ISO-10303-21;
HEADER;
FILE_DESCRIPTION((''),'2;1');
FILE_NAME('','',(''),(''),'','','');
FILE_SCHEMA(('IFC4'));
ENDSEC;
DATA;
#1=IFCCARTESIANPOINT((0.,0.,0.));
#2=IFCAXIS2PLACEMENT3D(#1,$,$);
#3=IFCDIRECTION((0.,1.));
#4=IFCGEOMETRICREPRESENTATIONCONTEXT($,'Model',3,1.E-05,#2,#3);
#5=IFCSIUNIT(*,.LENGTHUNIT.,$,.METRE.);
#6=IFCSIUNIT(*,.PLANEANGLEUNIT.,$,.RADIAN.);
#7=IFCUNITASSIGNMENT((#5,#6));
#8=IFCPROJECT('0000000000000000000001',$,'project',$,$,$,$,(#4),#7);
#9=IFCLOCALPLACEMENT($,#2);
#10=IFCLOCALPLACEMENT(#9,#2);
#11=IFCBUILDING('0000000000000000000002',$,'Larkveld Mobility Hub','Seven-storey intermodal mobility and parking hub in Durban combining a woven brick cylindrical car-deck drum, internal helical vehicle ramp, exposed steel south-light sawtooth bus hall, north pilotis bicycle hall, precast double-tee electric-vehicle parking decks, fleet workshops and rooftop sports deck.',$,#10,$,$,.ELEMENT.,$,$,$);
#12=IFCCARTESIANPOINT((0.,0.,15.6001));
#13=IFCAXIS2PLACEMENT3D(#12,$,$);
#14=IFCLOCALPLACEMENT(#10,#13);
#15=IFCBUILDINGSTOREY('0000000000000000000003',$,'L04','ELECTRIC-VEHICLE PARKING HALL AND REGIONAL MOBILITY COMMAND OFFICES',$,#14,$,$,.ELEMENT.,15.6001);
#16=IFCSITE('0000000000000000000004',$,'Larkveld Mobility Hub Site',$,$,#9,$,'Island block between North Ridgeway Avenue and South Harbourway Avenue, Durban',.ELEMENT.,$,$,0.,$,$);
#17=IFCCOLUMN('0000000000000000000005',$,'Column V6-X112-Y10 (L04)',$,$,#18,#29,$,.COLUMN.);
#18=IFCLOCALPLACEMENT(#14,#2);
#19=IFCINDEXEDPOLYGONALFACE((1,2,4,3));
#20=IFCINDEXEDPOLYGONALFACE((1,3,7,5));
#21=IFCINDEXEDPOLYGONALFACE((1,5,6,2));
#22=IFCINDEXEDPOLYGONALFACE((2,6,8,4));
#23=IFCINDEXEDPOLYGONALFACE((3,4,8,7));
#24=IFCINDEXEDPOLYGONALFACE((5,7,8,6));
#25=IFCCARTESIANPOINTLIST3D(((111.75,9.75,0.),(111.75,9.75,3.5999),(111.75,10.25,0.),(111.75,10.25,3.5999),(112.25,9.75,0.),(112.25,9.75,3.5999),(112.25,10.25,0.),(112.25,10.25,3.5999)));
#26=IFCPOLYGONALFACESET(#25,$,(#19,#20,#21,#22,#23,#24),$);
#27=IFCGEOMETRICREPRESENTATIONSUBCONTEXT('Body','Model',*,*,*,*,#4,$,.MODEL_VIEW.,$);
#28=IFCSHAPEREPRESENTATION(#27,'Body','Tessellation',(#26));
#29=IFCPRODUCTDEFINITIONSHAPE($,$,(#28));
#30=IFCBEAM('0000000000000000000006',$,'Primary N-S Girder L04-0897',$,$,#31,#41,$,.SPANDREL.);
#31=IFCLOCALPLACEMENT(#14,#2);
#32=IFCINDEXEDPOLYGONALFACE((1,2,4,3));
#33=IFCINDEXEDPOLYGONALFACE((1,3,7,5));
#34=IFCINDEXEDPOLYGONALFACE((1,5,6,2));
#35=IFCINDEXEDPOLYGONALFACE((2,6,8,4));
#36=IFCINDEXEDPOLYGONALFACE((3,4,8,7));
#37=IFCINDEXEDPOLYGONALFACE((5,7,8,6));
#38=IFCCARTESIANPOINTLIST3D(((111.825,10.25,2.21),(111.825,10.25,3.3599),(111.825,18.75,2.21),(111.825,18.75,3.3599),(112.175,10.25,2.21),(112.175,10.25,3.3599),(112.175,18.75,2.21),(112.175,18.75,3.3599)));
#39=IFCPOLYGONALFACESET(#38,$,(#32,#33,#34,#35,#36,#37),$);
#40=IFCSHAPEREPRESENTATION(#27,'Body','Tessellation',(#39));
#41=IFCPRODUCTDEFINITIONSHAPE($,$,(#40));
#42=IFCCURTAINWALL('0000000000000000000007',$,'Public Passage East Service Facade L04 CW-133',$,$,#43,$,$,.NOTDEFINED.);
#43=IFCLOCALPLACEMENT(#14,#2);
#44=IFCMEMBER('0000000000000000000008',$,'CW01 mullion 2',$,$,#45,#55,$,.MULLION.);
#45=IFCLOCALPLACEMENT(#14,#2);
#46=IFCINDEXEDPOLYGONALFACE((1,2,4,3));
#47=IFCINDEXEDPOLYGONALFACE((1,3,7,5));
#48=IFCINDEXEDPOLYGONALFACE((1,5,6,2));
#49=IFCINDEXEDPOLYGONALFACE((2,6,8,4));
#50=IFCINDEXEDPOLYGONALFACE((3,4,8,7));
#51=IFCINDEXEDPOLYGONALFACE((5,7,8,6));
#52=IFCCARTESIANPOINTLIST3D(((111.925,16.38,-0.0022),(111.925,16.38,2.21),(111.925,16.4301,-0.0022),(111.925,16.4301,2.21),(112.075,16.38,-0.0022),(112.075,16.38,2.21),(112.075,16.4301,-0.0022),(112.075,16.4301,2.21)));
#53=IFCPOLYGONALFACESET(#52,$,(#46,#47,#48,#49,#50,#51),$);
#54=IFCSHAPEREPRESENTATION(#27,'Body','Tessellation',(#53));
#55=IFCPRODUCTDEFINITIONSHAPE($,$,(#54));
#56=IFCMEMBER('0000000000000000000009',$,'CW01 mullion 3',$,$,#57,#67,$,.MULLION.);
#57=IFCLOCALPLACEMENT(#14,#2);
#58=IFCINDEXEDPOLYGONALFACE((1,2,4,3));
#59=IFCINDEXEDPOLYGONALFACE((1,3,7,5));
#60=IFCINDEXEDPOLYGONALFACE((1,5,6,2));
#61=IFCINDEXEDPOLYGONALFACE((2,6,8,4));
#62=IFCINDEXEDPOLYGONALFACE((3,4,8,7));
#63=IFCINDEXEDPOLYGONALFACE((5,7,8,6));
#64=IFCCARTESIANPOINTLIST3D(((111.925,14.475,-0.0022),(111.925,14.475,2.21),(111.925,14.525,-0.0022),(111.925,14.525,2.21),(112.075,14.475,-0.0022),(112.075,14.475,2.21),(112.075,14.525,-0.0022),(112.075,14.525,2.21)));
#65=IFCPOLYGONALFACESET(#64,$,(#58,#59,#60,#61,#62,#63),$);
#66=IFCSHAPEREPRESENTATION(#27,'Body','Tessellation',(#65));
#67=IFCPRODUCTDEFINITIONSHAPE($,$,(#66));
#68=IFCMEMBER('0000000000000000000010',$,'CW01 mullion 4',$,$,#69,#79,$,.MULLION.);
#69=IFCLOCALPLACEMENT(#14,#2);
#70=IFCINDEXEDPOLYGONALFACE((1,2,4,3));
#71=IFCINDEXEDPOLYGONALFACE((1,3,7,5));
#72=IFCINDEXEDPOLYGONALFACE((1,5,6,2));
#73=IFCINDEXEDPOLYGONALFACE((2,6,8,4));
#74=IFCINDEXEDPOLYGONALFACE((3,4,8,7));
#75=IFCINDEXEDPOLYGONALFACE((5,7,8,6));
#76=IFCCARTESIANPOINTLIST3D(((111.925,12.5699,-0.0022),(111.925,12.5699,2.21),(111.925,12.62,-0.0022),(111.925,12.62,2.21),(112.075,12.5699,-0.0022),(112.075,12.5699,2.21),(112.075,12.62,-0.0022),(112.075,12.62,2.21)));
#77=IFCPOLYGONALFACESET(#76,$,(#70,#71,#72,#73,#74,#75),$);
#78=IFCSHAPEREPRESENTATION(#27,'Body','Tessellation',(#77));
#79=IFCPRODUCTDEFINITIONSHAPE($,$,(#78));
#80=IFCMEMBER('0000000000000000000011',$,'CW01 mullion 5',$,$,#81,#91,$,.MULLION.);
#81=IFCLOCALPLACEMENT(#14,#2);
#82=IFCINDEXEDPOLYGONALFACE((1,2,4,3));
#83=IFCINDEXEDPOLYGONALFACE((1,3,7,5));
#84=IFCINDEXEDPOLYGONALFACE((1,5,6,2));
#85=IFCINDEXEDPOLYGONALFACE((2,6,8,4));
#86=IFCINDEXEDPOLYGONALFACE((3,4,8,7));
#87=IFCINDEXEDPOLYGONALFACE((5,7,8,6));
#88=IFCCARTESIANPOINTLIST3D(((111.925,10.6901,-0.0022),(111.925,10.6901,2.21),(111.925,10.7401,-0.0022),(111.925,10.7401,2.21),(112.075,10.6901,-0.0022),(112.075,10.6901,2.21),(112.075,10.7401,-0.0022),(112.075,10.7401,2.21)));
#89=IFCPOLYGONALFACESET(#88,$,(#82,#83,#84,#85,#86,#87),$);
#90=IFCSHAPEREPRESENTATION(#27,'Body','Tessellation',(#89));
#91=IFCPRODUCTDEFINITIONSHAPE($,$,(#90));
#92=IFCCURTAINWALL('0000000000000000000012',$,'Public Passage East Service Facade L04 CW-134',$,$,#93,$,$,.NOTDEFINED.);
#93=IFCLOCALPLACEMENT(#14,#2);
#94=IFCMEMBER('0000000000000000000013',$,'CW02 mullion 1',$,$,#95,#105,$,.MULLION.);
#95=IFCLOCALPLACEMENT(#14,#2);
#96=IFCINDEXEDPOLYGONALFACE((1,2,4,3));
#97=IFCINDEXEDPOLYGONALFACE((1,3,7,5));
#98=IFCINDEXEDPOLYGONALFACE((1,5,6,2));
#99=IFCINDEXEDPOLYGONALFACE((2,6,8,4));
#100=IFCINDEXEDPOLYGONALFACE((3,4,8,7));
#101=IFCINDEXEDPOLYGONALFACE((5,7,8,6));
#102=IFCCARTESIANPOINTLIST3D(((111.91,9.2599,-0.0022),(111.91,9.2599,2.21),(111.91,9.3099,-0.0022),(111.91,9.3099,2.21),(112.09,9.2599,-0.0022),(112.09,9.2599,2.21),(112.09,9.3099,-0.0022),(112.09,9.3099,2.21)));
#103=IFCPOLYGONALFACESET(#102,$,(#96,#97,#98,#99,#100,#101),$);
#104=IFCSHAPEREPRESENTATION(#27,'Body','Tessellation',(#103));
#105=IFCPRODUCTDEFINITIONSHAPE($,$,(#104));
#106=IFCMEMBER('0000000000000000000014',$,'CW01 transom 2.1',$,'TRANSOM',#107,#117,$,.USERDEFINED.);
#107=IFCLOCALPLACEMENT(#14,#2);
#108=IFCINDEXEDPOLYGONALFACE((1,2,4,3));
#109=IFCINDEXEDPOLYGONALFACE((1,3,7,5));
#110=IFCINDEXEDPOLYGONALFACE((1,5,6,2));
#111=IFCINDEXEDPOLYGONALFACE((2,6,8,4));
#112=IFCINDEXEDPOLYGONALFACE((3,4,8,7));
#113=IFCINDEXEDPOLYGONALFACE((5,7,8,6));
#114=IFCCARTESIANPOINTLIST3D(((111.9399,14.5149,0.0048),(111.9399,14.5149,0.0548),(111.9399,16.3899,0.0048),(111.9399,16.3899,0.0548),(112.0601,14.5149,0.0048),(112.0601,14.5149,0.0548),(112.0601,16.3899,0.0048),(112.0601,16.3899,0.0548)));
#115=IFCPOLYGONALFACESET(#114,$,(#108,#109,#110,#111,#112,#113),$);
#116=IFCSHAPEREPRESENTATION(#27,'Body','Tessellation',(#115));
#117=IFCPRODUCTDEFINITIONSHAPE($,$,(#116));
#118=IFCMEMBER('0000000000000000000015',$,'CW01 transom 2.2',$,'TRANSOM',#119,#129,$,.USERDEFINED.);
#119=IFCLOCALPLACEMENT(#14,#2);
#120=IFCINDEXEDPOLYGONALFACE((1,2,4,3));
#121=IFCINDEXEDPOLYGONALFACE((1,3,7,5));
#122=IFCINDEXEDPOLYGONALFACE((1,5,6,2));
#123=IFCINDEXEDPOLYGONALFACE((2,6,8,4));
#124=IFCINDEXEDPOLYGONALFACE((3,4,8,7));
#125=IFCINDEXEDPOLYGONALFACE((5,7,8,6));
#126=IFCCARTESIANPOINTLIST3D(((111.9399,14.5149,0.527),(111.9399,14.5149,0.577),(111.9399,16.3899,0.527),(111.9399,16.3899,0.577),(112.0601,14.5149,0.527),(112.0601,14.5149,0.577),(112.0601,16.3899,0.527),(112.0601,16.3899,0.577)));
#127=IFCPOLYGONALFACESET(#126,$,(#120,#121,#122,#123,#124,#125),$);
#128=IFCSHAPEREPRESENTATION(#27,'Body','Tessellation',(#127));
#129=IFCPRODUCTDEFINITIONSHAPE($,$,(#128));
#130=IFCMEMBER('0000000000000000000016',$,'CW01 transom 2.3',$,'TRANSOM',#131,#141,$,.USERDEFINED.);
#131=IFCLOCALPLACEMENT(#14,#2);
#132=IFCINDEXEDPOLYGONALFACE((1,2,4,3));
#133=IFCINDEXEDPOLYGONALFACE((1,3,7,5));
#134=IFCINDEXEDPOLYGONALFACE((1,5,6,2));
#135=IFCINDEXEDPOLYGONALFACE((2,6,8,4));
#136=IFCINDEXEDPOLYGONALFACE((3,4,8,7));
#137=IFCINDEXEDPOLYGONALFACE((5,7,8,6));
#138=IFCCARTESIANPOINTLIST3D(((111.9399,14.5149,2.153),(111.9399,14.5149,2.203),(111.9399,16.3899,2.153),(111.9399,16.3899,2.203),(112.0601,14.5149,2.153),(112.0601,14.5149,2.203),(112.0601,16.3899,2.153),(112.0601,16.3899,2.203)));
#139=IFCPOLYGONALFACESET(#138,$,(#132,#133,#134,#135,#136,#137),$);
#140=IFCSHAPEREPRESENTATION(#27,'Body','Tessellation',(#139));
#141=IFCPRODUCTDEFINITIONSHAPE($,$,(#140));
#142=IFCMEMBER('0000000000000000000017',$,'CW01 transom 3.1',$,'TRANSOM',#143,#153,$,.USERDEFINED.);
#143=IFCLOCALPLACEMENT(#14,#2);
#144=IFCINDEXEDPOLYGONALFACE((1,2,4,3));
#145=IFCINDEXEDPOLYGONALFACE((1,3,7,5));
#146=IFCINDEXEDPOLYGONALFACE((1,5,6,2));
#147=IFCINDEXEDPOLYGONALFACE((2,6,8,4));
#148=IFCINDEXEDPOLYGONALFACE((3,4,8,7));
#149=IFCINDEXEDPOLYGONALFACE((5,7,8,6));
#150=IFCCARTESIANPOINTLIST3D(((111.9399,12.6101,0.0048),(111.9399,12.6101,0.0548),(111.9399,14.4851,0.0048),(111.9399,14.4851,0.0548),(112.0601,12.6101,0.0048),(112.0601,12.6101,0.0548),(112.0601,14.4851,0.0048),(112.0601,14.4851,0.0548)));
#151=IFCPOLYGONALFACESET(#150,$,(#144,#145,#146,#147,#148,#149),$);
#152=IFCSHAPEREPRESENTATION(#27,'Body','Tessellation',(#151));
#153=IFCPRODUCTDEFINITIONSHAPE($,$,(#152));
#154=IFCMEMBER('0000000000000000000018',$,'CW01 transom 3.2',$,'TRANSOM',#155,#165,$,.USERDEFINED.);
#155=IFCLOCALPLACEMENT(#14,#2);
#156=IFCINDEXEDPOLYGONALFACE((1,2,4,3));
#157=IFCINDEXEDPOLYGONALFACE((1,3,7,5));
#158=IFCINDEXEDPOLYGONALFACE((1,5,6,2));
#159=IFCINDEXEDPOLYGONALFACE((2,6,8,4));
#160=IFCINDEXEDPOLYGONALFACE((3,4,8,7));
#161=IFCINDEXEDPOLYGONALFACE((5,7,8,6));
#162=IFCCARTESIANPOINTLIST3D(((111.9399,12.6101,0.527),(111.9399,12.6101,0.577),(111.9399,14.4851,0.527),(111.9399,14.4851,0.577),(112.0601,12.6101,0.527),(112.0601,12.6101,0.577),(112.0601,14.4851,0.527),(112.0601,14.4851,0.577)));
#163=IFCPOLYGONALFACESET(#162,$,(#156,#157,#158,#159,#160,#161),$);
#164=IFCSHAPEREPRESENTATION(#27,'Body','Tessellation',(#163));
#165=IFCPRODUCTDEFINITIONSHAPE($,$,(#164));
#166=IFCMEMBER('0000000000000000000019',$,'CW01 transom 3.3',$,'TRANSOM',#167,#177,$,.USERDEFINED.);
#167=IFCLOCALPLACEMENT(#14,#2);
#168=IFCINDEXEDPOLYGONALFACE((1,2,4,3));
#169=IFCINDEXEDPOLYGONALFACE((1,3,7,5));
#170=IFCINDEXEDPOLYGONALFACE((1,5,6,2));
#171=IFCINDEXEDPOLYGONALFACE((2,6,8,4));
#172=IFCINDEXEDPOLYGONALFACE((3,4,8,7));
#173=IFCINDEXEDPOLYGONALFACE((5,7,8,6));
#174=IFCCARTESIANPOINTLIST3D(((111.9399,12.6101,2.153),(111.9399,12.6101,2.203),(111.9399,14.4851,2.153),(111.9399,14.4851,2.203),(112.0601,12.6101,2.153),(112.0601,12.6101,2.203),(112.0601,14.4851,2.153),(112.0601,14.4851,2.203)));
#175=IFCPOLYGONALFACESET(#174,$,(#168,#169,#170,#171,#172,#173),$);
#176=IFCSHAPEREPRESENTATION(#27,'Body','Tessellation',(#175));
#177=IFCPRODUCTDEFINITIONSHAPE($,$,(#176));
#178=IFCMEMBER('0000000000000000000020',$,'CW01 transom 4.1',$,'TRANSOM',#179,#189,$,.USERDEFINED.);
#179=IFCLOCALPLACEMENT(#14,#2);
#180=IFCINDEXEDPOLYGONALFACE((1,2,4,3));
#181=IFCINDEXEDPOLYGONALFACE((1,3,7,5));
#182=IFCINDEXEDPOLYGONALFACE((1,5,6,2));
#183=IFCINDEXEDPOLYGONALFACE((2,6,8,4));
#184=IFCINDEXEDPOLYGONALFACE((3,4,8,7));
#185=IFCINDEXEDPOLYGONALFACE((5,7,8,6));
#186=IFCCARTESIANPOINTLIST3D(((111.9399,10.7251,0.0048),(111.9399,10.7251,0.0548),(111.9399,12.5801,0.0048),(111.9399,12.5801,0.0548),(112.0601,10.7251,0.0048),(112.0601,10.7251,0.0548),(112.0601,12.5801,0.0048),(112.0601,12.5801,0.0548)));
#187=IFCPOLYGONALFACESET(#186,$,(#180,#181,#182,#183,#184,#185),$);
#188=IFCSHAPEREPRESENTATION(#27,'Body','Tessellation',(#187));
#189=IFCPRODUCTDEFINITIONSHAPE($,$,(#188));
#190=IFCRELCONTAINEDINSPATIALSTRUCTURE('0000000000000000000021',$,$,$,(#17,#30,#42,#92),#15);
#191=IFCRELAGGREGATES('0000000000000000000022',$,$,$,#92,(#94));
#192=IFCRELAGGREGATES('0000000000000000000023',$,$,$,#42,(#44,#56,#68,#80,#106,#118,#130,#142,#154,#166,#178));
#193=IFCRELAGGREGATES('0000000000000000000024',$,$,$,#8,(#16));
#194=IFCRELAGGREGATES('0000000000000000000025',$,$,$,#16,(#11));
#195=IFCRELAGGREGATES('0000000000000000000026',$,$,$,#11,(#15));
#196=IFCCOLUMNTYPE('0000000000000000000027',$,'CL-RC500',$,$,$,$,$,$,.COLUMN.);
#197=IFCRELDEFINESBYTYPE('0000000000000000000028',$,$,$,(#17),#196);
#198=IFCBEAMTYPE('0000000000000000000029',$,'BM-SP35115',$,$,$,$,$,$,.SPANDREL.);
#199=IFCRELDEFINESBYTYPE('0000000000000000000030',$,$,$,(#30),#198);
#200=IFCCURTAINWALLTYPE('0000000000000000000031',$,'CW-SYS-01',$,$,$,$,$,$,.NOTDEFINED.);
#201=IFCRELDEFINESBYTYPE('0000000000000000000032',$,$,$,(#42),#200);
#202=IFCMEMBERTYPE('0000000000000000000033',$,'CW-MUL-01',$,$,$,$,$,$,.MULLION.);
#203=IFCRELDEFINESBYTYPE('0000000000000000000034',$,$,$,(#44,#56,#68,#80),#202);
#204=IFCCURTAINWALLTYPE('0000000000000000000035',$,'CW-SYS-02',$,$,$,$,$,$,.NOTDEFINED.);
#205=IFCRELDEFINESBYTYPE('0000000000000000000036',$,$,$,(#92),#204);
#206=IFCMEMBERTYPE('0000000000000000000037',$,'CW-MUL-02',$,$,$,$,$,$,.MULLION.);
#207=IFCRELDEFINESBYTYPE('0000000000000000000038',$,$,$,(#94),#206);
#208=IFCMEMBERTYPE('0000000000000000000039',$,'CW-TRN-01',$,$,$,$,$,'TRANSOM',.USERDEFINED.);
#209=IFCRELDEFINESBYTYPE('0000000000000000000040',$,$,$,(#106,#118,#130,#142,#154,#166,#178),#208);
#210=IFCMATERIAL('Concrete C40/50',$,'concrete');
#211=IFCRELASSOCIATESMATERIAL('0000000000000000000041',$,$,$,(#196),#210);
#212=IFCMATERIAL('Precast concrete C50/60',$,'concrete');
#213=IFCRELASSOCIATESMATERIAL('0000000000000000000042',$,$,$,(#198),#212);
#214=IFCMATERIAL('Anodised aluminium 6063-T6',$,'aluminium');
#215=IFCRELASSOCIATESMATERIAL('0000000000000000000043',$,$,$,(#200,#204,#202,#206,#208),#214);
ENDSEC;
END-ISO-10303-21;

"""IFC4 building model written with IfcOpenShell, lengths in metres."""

from ifc_helpers import new_model, si_unit, direction, frame, origin, origin_2d, place, context, subcontext, project, spatial, rectangle, extrude, material, material_profile, profile_set, type_object, element, aggregate, save


model = new_model("IFC4")

# Units and contexts
model_context = context("Model", 3, precision=1e-05, world=origin(), true_north=direction((0.0, 1.0)))
body_context = subcontext(model_context, "Body", "Model", "MODEL_VIEW")
ifc_project = project(units=[si_unit("LENGTHUNIT", "METRE"), si_unit("PLANEANGLEUNIT", "RADIAN")], contexts=[model_context])

# Site, building, storey
site_placement = place(None, origin())
site = spatial("IfcSite", under=ifc_project, at=site_placement, Name="Larkveld Mobility Hub Site", LongName="Island block between North Ridgeway Avenue and South Harbourway Avenue, Durban", CompositionType="ELEMENT", RefElevation=0.0)
building_placement = place(site_placement, origin())
building = spatial("IfcBuilding", under=site, at=building_placement, Name="Larkveld Mobility Hub", Description="Seven-storey intermodal mobility and parking hub in Durban combining a woven brick cylindrical car-deck drum, internal helical vehicle ramp, exposed steel south-light sawtooth bus hall, north pilotis bicycle hall, precast double-tee electric-vehicle parking decks, fleet workshops and rooftop sports deck.", CompositionType="ELEMENT")
storey_placement = place(building_placement, frame((0.0, 0.0, 15.6001)))
storey = spatial("IfcBuildingStorey", under=building, at=storey_placement, Name="L04", Description="ELECTRIC-VEHICLE PARKING HALL AND REGIONAL MOBILITY COMMAND OFFICES", CompositionType="ELEMENT", Elevation=15.6001)

# Column
ifc_material_1 = material(Name="Concrete C40/50", Category="concrete")
ifc_material_profile_1 = material_profile(ifc_material_1, rectangle(XDim=0.5, YDim=0.5, at=origin_2d()), Name="RC COL 500x500")
ifc_profile_set_1 = profile_set([ifc_material_profile_1], Name="Concrete C40/50")
column_type = type_object("IfcColumnType", Name="CL-RC500", PredefinedType="COLUMN", material=ifc_profile_set_1)
column_placement = place(storey_placement, frame((112.0, 10.0, 0.0), z_axis=(0.0, 0.0, 1.0), x_axis=(1.0, 0.0, 0.0)))
element("IfcColumn", 1, at=column_placement, inside=storey, type_object=column_type, Name="Column V6-X112-Y10 (L04)", PredefinedType="COLUMN", context=body_context, shape_type="SweptSolid", body=[
    extrude(rectangle(XDim=0.5, YDim=0.5, at=origin_2d()), origin(), (0.0, 0.0, 1.0), 3.5999),
])

# Beam
ifc_material_2 = material(Name="Precast concrete C50/60", Category="concrete")
ifc_material_profile_2 = material_profile(ifc_material_2, rectangle(XDim=0.3501, YDim=1.1499, at=origin_2d()), Name="PC SP 350x1150")
ifc_profile_set_2 = profile_set([ifc_material_profile_2], Name="Precast concrete C50/60")
beam_type = type_object("IfcBeamType", Name="BM-SP35115", PredefinedType="SPANDREL", material=ifc_profile_set_2)
beam_placement = place(storey_placement, frame((112.0, 10.25, 2.7849), z_axis=(0.0, 1.0, 0.0), x_axis=(-1.0, 0.0, 0.0)))
element("IfcBeam", 2, at=beam_placement, inside=storey, type_object=beam_type, Name="Primary N-S Girder L04-0897", PredefinedType="SPANDREL", context=body_context, shape_type="SweptSolid", body=[
    extrude(rectangle(XDim=0.3501, YDim=1.1499, at=origin_2d()), origin(), (0.0, 0.0, 1.0), 8.5),
])

# Curtain wall, members
ifc_material_3 = material(Name="Anodised aluminium 6063-T6", Category="aluminium")
curtain_wall_type_1 = type_object("IfcCurtainWallType", Name="CW-SYS-01", PredefinedType="NOTDEFINED", material=ifc_material_3)
curtain_wall_1_placement = place(storey_placement, origin())
curtain_wall_1 = element("IfcCurtainWall", 3, at=curtain_wall_1_placement, inside=storey, type_object=curtain_wall_type_1, Name="Public Passage East Service Facade L04 CW-133", PredefinedType="NOTDEFINED")
ifc_material_profile_3 = material_profile(ifc_material_3, rectangle(XDim=0.05, YDim=0.1499, at=origin_2d()), Name="ALU MULL 50x150")
ifc_profile_set_3 = profile_set([ifc_material_profile_3], Name="Anodised aluminium 6063-T6")
member_type_1 = type_object("IfcMemberType", Name="CW-MUL-01", PredefinedType="MULLION", material=ifc_profile_set_3)
member_1_placement = place(storey_placement, frame((112.0, 16.405, -0.0022), z_axis=(0.0, 0.0, 1.0), x_axis=(0.0, -1.0, 0.0)))
member_1 = element("IfcMember", 4, at=member_1_placement, type_object=member_type_1, Name="CW01 mullion 2", PredefinedType="MULLION", context=body_context, shape_type="SweptSolid", body=[
    extrude(rectangle(XDim=0.05, YDim=0.1499, at=origin_2d()), origin(), (0.0, 0.0, 1.0), 2.2122),
])
member_2_placement = place(storey_placement, frame((112.0, 14.5, -0.0022), z_axis=(0.0, 0.0, 1.0), x_axis=(0.0, -1.0, 0.0)))
member_2 = element("IfcMember", 5, at=member_2_placement, type_object=member_type_1, Name="CW01 mullion 3", PredefinedType="MULLION", context=body_context, shape_type="SweptSolid", body=[
    extrude(rectangle(XDim=0.05, YDim=0.1499, at=origin_2d()), origin(), (0.0, 0.0, 1.0), 2.2122),
])
member_3_placement = place(storey_placement, frame((112.0, 12.595, -0.0022), z_axis=(0.0, 0.0, 1.0), x_axis=(0.0, -1.0, 0.0)))
member_3 = element("IfcMember", 6, at=member_3_placement, type_object=member_type_1, Name="CW01 mullion 4", PredefinedType="MULLION", context=body_context, shape_type="SweptSolid", body=[
    extrude(rectangle(XDim=0.05, YDim=0.1499, at=origin_2d()), origin(), (0.0, 0.0, 1.0), 2.2122),
])
member_4_placement = place(storey_placement, frame((112.0, 10.7151, -0.0022), z_axis=(0.0, 0.0, 1.0), x_axis=(0.0, -1.0, 0.0)))
member_4 = element("IfcMember", 7, at=member_4_placement, type_object=member_type_1, Name="CW01 mullion 5", PredefinedType="MULLION", context=body_context, shape_type="SweptSolid", body=[
    extrude(rectangle(XDim=0.05, YDim=0.1499, at=origin_2d()), origin(), (0.0, 0.0, 1.0), 2.2122),
])

# Curtain wall, member
curtain_wall_type_2 = type_object("IfcCurtainWallType", Name="CW-SYS-02", PredefinedType="NOTDEFINED", material=ifc_material_3)
curtain_wall_2_placement = place(storey_placement, origin())
curtain_wall_2 = element("IfcCurtainWall", 8, at=curtain_wall_2_placement, inside=storey, type_object=curtain_wall_type_2, Name="Public Passage East Service Facade L04 CW-134", PredefinedType="NOTDEFINED")
ifc_material_profile_4 = material_profile(ifc_material_3, rectangle(XDim=0.05, YDim=0.1799, at=origin_2d()), Name="ALU MULL 50x180")
ifc_profile_set_4 = profile_set([ifc_material_profile_4], Name="Anodised aluminium 6063-T6")
member_type_2 = type_object("IfcMemberType", Name="CW-MUL-02", PredefinedType="MULLION", material=ifc_profile_set_4)
member_5_placement = place(storey_placement, frame((112.0, 9.2849, -0.0022), z_axis=(0.0, 0.0, 1.0), x_axis=(0.0, -1.0, 0.0)))
member_5 = element("IfcMember", 9, at=member_5_placement, type_object=member_type_2, Name="CW02 mullion 1", PredefinedType="MULLION", context=body_context, shape_type="SweptSolid", body=[
    extrude(rectangle(XDim=0.05, YDim=0.1799, at=origin_2d()), origin(), (0.0, 0.0, 1.0), 2.2122),
])

# Members
ifc_material_profile_5 = material_profile(ifc_material_3, rectangle(XDim=0.1201, YDim=0.05, at=origin_2d()), Name="ALU TRAN 50x120")
ifc_profile_set_5 = profile_set([ifc_material_profile_5], Name="Anodised aluminium 6063-T6")
member_type_3 = type_object("IfcMemberType", Name="CW-TRN-01", ElementType="TRANSOM", PredefinedType="USERDEFINED", material=ifc_profile_set_5)
member_6_placement = place(storey_placement, frame((112.0, 16.3899, 0.0298), z_axis=(0.0, -1.0, 0.0), x_axis=(1.0, 0.0, 0.0)))
member_6 = element("IfcMember", 10, at=member_6_placement, type_object=member_type_3, Name="CW01 transom 2.1", ObjectType="TRANSOM", PredefinedType="USERDEFINED", context=body_context, shape_type="SweptSolid", body=[
    extrude(rectangle(XDim=0.1201, YDim=0.05, at=origin_2d()), origin(), (0.0, 0.0, 1.0), 1.875),
])
member_7_placement = place(storey_placement, frame((112.0, 16.3899, 0.552), z_axis=(0.0, -1.0, 0.0), x_axis=(1.0, 0.0, 0.0)))
member_7 = element("IfcMember", 11, at=member_7_placement, type_object=member_type_3, Name="CW01 transom 2.2", ObjectType="TRANSOM", PredefinedType="USERDEFINED", context=body_context, shape_type="SweptSolid", body=[
    extrude(rectangle(XDim=0.1201, YDim=0.05, at=origin_2d()), origin(), (0.0, 0.0, 1.0), 1.875),
])
member_8_placement = place(storey_placement, frame((112.0, 16.3899, 2.178), z_axis=(0.0, -1.0, 0.0), x_axis=(1.0, 0.0, 0.0)))
member_8 = element("IfcMember", 12, at=member_8_placement, type_object=member_type_3, Name="CW01 transom 2.3", ObjectType="TRANSOM", PredefinedType="USERDEFINED", context=body_context, shape_type="SweptSolid", body=[
    extrude(rectangle(XDim=0.1201, YDim=0.05, at=origin_2d()), origin(), (0.0, 0.0, 1.0), 1.875),
])
member_9_placement = place(storey_placement, frame((112.0, 14.4851, 0.0298), z_axis=(0.0, -1.0, 0.0), x_axis=(1.0, 0.0, 0.0)))
member_9 = element("IfcMember", 13, at=member_9_placement, type_object=member_type_3, Name="CW01 transom 3.1", ObjectType="TRANSOM", PredefinedType="USERDEFINED", context=body_context, shape_type="SweptSolid", body=[
    extrude(rectangle(XDim=0.1201, YDim=0.05, at=origin_2d()), origin(), (0.0, 0.0, 1.0), 1.875),
])
member_10_placement = place(storey_placement, frame((112.0, 14.4851, 0.552), z_axis=(0.0, -1.0, 0.0), x_axis=(1.0, 0.0, 0.0)))
member_10 = element("IfcMember", 14, at=member_10_placement, type_object=member_type_3, Name="CW01 transom 3.2", ObjectType="TRANSOM", PredefinedType="USERDEFINED", context=body_context, shape_type="SweptSolid", body=[
    extrude(rectangle(XDim=0.1201, YDim=0.05, at=origin_2d()), origin(), (0.0, 0.0, 1.0), 1.875),
])
member_11_placement = place(storey_placement, frame((112.0, 14.4851, 2.178), z_axis=(0.0, -1.0, 0.0), x_axis=(1.0, 0.0, 0.0)))
member_11 = element("IfcMember", 15, at=member_11_placement, type_object=member_type_3, Name="CW01 transom 3.3", ObjectType="TRANSOM", PredefinedType="USERDEFINED", context=body_context, shape_type="SweptSolid", body=[
    extrude(rectangle(XDim=0.1201, YDim=0.05, at=origin_2d()), origin(), (0.0, 0.0, 1.0), 1.875),
])
member_12_placement = place(storey_placement, frame((112.0, 12.5801, 0.0298), z_axis=(0.0, -1.0, 0.0), x_axis=(1.0, 0.0, 0.0)))
member_12 = element("IfcMember", 16, at=member_12_placement, type_object=member_type_3, Name="CW01 transom 4.1", ObjectType="TRANSOM", PredefinedType="USERDEFINED", context=body_context, shape_type="SweptSolid", body=[
    extrude(rectangle(XDim=0.1201, YDim=0.05, at=origin_2d()), origin(), (0.0, 0.0, 1.0), 1.855),
])
aggregate(curtain_wall_2, [member_5])

aggregate(curtain_wall_1, [member_1, member_2, member_3, member_4, member_6, member_7, member_8, member_9, member_10, member_11, member_12])

save(model, "model.ifc")
